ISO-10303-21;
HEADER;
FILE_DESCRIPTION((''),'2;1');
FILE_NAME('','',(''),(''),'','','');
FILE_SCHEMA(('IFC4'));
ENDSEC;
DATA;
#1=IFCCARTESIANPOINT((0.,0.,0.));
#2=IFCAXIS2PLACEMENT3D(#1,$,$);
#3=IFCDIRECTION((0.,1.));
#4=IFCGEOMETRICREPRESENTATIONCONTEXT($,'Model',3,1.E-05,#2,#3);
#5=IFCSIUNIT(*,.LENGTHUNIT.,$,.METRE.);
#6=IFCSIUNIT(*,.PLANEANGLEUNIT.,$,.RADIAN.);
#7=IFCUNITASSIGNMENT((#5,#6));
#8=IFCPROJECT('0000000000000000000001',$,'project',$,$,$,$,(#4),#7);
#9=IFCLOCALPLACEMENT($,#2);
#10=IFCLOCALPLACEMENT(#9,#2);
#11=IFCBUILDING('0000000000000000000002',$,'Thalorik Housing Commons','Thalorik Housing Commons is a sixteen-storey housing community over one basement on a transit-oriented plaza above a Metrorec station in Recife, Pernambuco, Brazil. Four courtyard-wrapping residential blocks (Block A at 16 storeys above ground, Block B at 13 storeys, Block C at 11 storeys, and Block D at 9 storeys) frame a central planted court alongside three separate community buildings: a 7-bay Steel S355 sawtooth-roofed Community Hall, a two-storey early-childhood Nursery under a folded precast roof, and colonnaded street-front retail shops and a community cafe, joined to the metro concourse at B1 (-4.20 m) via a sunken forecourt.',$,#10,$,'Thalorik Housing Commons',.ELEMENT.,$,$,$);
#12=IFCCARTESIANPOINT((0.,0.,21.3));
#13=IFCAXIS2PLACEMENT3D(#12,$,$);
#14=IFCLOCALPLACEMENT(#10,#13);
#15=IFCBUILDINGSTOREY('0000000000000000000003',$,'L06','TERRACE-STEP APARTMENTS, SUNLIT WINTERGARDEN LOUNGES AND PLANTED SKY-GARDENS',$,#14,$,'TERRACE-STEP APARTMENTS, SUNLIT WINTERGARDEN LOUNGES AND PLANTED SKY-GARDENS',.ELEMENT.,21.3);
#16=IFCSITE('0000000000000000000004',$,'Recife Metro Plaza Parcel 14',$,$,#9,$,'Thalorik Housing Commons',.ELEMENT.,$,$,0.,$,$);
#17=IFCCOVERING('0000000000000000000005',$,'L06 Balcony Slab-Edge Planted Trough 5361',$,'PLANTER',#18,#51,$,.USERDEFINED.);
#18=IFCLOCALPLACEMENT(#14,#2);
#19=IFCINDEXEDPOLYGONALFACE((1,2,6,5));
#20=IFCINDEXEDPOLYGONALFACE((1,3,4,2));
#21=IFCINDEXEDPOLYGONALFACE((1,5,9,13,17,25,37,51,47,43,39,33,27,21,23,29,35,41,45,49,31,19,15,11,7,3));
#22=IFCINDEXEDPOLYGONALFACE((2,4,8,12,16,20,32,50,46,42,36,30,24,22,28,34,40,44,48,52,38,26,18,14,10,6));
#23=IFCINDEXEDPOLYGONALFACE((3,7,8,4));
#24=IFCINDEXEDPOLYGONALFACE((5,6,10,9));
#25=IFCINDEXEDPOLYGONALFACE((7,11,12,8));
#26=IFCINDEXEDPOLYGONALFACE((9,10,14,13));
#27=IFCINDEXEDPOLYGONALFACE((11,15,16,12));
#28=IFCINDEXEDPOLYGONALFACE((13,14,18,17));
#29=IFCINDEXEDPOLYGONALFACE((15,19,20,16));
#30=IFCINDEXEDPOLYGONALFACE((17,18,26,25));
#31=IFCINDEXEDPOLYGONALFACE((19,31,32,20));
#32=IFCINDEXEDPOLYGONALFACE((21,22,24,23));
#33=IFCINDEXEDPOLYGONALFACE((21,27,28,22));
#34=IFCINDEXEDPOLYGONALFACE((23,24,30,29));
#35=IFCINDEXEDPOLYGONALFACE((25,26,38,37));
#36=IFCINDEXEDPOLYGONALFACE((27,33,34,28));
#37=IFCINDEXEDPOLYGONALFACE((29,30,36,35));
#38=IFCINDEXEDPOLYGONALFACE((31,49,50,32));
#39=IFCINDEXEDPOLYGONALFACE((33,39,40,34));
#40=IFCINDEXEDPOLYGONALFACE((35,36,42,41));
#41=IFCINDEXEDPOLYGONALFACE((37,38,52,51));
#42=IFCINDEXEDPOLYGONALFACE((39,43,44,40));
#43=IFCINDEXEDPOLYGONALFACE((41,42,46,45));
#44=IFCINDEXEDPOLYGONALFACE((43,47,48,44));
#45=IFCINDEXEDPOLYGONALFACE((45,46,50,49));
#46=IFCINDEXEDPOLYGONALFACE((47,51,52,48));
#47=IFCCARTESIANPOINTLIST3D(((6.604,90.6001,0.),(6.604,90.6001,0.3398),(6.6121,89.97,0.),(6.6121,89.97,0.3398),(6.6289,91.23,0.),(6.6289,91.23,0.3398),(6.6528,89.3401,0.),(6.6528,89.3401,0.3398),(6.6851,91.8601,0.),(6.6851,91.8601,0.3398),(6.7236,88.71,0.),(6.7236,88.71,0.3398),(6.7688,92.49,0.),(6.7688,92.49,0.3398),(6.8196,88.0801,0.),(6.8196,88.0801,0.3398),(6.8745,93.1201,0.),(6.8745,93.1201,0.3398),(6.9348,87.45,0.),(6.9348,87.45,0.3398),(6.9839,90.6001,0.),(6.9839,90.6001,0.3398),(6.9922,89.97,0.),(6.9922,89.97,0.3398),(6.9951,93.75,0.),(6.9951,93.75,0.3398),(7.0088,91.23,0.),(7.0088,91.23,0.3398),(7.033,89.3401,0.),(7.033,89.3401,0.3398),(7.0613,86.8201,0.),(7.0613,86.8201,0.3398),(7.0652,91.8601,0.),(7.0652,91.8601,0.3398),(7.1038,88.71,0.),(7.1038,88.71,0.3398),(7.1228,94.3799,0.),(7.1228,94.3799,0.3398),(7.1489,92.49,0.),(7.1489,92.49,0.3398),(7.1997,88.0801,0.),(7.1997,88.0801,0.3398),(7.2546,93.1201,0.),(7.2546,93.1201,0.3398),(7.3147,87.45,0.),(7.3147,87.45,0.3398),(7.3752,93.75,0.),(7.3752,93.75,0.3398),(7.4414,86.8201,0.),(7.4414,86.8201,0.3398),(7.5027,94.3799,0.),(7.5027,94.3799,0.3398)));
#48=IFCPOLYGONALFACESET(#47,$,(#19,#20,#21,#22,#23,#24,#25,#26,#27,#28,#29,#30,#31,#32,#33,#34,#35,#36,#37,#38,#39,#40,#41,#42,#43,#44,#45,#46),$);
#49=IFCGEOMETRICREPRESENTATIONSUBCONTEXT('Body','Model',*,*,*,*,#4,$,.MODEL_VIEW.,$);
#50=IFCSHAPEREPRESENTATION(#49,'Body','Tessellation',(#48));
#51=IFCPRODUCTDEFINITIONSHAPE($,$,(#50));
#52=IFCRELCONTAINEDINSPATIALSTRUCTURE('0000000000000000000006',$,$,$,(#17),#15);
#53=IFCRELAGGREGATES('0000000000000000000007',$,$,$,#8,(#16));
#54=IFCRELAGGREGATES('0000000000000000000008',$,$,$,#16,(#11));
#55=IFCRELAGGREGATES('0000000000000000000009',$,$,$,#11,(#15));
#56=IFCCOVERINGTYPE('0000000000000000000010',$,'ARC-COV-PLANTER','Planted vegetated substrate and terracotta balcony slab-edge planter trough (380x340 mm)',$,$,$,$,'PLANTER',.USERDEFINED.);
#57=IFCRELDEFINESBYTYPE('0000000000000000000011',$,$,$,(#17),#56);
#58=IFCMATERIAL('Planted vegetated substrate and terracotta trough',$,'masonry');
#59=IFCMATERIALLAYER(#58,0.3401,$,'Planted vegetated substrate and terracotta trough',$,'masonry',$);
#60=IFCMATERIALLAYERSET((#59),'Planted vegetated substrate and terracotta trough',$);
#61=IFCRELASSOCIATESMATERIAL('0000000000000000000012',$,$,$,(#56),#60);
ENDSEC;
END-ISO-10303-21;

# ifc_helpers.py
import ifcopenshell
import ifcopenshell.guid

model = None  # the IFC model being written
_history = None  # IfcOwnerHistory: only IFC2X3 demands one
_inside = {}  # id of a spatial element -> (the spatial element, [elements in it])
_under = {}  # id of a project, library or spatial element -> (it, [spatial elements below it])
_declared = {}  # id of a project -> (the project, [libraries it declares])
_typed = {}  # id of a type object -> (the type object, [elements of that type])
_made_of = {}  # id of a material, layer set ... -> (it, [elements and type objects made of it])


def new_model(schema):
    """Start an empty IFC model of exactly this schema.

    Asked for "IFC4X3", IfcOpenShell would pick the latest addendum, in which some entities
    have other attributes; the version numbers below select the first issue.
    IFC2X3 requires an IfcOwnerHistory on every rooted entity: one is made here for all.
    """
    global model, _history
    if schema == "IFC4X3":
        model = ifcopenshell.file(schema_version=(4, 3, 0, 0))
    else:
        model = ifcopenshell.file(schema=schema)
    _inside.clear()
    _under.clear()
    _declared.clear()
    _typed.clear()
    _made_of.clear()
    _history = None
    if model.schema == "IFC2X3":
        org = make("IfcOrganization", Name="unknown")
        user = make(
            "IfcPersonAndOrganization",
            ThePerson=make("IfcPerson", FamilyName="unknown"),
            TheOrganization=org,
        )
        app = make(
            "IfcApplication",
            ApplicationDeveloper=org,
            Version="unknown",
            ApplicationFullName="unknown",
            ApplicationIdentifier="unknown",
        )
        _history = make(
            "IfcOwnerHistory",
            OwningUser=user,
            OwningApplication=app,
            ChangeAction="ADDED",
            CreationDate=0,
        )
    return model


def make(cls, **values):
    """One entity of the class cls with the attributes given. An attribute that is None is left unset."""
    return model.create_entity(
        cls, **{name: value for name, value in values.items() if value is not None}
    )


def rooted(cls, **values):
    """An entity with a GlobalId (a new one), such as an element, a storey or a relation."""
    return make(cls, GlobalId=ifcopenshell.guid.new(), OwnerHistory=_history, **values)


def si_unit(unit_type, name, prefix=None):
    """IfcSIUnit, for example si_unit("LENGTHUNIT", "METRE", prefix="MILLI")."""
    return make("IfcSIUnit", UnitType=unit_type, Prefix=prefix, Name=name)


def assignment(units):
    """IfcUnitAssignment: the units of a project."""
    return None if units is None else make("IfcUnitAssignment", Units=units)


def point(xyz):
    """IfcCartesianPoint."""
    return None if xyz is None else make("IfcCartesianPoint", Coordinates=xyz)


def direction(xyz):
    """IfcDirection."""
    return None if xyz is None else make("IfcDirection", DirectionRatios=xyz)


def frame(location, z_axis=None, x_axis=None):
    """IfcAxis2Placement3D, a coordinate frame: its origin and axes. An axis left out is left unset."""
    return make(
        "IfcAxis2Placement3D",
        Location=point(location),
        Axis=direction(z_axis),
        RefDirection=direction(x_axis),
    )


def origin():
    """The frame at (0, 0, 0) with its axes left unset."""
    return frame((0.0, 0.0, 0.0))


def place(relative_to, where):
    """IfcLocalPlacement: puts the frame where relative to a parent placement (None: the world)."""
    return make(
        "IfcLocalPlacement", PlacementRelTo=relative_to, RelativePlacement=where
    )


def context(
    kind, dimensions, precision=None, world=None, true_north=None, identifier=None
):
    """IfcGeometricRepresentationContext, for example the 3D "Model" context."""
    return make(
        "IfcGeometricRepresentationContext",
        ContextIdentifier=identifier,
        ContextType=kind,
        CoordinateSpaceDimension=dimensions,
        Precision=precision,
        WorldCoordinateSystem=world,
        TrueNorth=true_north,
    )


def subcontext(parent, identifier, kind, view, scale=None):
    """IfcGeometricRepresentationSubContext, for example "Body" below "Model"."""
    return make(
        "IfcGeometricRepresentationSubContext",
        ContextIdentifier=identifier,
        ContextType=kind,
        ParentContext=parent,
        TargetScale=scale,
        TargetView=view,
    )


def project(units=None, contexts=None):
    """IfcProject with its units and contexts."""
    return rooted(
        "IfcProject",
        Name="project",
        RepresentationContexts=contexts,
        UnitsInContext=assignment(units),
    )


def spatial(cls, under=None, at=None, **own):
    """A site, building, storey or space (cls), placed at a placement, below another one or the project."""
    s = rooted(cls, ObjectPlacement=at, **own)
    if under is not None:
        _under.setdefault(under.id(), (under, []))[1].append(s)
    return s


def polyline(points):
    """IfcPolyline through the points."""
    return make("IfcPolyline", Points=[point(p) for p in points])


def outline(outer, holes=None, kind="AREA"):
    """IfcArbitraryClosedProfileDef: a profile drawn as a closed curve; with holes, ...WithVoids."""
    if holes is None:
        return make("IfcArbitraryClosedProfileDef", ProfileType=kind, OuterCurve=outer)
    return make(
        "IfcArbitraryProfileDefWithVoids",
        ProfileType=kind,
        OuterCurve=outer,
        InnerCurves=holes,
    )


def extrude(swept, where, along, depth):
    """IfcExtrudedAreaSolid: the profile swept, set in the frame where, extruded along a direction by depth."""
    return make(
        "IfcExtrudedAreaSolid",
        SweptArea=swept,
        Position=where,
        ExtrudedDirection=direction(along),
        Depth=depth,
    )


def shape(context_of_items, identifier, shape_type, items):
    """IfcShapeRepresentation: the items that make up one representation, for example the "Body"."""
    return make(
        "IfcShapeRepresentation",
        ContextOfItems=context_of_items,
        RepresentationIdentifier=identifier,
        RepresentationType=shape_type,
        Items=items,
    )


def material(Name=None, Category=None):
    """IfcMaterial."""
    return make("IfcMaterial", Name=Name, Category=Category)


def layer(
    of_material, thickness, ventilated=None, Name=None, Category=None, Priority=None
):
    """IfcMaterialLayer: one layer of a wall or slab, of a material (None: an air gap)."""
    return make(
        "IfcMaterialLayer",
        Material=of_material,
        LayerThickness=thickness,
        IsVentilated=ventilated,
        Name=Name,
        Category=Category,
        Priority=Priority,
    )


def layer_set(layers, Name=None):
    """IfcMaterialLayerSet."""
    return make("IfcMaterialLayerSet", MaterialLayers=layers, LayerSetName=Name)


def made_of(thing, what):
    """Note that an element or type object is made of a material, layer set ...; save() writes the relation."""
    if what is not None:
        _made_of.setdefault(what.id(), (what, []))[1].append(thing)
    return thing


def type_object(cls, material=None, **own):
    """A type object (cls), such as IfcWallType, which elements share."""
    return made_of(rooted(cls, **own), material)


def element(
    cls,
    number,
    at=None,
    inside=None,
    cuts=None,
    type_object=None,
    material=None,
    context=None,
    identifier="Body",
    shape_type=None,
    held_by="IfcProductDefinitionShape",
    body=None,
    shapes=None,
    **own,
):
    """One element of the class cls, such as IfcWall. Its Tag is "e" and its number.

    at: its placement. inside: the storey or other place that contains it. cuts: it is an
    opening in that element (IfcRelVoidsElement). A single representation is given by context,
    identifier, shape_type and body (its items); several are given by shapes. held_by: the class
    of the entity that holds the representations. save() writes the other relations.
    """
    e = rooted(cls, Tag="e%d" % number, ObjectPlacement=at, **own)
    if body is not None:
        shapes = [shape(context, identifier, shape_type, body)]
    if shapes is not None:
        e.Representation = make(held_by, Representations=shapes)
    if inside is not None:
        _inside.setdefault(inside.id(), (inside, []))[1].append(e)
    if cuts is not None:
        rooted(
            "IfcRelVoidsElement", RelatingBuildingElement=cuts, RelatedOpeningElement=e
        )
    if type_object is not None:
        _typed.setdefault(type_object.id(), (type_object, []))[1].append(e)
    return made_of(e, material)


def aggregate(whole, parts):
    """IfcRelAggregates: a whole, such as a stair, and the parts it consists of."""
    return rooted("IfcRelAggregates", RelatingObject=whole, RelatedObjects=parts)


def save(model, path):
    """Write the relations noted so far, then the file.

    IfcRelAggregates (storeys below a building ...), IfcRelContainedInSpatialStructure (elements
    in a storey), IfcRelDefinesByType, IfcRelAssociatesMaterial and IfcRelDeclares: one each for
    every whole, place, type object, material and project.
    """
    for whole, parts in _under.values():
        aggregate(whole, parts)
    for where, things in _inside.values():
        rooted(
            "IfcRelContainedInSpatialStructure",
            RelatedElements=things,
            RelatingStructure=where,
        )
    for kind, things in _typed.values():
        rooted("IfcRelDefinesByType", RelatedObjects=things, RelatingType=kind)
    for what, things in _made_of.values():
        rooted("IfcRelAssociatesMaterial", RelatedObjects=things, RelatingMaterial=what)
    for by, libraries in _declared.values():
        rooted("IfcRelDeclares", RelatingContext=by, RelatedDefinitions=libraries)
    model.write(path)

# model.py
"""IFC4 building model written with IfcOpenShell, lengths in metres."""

from ifc_helpers import new_model, si_unit, direction, frame, origin, place, context, subcontext, project, spatial, polyline, outline, extrude, material, layer, layer_set, type_object, element, save


model = new_model("IFC4")

# Units and contexts
model_context = context("Model", 3, precision=1e-05, world=origin(), true_north=direction((0.0, 1.0)))
body_context = subcontext(model_context, "Body", "Model", "MODEL_VIEW")
ifc_project = project(units=[si_unit("LENGTHUNIT", "METRE"), si_unit("PLANEANGLEUNIT", "RADIAN")], contexts=[model_context])

# Site, building, storey
site_placement = place(None, origin())
site = spatial("IfcSite", under=ifc_project, at=site_placement, Name="Recife Metro Plaza Parcel 14", LongName="Thalorik Housing Commons", CompositionType="ELEMENT", RefElevation=0.0)
building_placement = place(site_placement, origin())
building = spatial("IfcBuilding", under=site, at=building_placement, Name="Thalorik Housing Commons", Description="Thalorik Housing Commons is a sixteen-storey housing community over one basement on a transit-oriented plaza above a Metrorec station in Recife, Pernambuco, Brazil. Four courtyard-wrapping residential blocks (Block A at 16 storeys above ground, Block B at 13 storeys, Block C at 11 storeys, and Block D at 9 storeys) frame a central planted court alongside three separate community buildings: a 7-bay Steel S355 sawtooth-roofed Community Hall, a two-storey early-childhood Nursery under a folded precast roof, and colonnaded street-front retail shops and a community cafe, joined to the metro concourse at B1 (-4.20 m) via a sunken forecourt.", LongName="Thalorik Housing Commons", CompositionType="ELEMENT")
storey_placement = place(building_placement, frame((0.0, 0.0, 21.3)))
storey = spatial("IfcBuildingStorey", under=building, at=storey_placement, Name="L06", Description="TERRACE-STEP APARTMENTS, SUNLIT WINTERGARDEN LOUNGES AND PLANTED SKY-GARDENS", LongName="TERRACE-STEP APARTMENTS, SUNLIT WINTERGARDEN LOUNGES AND PLANTED SKY-GARDENS", CompositionType="ELEMENT", Elevation=21.3)

# Covering
ifc_material_1 = material(Name="Planted vegetated substrate and terracotta trough", Category="masonry")
ifc_layer_1 = layer(ifc_material_1, 0.3401, Name="Planted vegetated substrate and terracotta trough", Category="masonry")
ifc_layer_set_1 = layer_set([ifc_layer_1], Name="Planted vegetated substrate and terracotta trough")
covering_type = type_object("IfcCoveringType", Name="ARC-COV-PLANTER", Description="Planted vegetated substrate and terracotta balcony slab-edge planter trough (380x340 mm)", ElementType="PLANTER", PredefinedType="USERDEFINED", material=ifc_layer_set_1)
covering_1_placement = place(storey_placement, origin())
element("IfcCovering", 1, at=covering_1_placement, inside=storey, type_object=covering_type, Name="L06 Balcony Slab-Edge Planted Trough 5361", ObjectType="PLANTER", PredefinedType="USERDEFINED", context=body_context, shape_type="SweptSolid", body=[
    extrude(outline(polyline([(7.1228, 94.3799), (6.9951, 93.75), (6.8745, 93.1201), (6.7688, 92.49), (6.6851, 91.8601), (6.6289, 91.23), (6.604, 90.6001), (6.6121, 89.97), (6.6528, 89.3401), (6.7236, 88.71), (6.8196, 88.0801), (6.9348, 87.45), (7.0613, 86.8201), (7.4414, 86.8201), (7.3147, 87.45), (7.1997, 88.0801), (7.1038, 88.71), (7.033, 89.3401), (6.9922, 89.97), (6.9839, 90.6001), (7.0088, 91.23), (7.0652, 91.8601), (7.1489, 92.49), (7.2546, 93.1201), (7.3752, 93.75), (7.5027, 94.3799), (7.1228, 94.3799)])), origin(), (0.0, 0.0, 1.0), 0.3398),
])

save(model, "model.ifc")
